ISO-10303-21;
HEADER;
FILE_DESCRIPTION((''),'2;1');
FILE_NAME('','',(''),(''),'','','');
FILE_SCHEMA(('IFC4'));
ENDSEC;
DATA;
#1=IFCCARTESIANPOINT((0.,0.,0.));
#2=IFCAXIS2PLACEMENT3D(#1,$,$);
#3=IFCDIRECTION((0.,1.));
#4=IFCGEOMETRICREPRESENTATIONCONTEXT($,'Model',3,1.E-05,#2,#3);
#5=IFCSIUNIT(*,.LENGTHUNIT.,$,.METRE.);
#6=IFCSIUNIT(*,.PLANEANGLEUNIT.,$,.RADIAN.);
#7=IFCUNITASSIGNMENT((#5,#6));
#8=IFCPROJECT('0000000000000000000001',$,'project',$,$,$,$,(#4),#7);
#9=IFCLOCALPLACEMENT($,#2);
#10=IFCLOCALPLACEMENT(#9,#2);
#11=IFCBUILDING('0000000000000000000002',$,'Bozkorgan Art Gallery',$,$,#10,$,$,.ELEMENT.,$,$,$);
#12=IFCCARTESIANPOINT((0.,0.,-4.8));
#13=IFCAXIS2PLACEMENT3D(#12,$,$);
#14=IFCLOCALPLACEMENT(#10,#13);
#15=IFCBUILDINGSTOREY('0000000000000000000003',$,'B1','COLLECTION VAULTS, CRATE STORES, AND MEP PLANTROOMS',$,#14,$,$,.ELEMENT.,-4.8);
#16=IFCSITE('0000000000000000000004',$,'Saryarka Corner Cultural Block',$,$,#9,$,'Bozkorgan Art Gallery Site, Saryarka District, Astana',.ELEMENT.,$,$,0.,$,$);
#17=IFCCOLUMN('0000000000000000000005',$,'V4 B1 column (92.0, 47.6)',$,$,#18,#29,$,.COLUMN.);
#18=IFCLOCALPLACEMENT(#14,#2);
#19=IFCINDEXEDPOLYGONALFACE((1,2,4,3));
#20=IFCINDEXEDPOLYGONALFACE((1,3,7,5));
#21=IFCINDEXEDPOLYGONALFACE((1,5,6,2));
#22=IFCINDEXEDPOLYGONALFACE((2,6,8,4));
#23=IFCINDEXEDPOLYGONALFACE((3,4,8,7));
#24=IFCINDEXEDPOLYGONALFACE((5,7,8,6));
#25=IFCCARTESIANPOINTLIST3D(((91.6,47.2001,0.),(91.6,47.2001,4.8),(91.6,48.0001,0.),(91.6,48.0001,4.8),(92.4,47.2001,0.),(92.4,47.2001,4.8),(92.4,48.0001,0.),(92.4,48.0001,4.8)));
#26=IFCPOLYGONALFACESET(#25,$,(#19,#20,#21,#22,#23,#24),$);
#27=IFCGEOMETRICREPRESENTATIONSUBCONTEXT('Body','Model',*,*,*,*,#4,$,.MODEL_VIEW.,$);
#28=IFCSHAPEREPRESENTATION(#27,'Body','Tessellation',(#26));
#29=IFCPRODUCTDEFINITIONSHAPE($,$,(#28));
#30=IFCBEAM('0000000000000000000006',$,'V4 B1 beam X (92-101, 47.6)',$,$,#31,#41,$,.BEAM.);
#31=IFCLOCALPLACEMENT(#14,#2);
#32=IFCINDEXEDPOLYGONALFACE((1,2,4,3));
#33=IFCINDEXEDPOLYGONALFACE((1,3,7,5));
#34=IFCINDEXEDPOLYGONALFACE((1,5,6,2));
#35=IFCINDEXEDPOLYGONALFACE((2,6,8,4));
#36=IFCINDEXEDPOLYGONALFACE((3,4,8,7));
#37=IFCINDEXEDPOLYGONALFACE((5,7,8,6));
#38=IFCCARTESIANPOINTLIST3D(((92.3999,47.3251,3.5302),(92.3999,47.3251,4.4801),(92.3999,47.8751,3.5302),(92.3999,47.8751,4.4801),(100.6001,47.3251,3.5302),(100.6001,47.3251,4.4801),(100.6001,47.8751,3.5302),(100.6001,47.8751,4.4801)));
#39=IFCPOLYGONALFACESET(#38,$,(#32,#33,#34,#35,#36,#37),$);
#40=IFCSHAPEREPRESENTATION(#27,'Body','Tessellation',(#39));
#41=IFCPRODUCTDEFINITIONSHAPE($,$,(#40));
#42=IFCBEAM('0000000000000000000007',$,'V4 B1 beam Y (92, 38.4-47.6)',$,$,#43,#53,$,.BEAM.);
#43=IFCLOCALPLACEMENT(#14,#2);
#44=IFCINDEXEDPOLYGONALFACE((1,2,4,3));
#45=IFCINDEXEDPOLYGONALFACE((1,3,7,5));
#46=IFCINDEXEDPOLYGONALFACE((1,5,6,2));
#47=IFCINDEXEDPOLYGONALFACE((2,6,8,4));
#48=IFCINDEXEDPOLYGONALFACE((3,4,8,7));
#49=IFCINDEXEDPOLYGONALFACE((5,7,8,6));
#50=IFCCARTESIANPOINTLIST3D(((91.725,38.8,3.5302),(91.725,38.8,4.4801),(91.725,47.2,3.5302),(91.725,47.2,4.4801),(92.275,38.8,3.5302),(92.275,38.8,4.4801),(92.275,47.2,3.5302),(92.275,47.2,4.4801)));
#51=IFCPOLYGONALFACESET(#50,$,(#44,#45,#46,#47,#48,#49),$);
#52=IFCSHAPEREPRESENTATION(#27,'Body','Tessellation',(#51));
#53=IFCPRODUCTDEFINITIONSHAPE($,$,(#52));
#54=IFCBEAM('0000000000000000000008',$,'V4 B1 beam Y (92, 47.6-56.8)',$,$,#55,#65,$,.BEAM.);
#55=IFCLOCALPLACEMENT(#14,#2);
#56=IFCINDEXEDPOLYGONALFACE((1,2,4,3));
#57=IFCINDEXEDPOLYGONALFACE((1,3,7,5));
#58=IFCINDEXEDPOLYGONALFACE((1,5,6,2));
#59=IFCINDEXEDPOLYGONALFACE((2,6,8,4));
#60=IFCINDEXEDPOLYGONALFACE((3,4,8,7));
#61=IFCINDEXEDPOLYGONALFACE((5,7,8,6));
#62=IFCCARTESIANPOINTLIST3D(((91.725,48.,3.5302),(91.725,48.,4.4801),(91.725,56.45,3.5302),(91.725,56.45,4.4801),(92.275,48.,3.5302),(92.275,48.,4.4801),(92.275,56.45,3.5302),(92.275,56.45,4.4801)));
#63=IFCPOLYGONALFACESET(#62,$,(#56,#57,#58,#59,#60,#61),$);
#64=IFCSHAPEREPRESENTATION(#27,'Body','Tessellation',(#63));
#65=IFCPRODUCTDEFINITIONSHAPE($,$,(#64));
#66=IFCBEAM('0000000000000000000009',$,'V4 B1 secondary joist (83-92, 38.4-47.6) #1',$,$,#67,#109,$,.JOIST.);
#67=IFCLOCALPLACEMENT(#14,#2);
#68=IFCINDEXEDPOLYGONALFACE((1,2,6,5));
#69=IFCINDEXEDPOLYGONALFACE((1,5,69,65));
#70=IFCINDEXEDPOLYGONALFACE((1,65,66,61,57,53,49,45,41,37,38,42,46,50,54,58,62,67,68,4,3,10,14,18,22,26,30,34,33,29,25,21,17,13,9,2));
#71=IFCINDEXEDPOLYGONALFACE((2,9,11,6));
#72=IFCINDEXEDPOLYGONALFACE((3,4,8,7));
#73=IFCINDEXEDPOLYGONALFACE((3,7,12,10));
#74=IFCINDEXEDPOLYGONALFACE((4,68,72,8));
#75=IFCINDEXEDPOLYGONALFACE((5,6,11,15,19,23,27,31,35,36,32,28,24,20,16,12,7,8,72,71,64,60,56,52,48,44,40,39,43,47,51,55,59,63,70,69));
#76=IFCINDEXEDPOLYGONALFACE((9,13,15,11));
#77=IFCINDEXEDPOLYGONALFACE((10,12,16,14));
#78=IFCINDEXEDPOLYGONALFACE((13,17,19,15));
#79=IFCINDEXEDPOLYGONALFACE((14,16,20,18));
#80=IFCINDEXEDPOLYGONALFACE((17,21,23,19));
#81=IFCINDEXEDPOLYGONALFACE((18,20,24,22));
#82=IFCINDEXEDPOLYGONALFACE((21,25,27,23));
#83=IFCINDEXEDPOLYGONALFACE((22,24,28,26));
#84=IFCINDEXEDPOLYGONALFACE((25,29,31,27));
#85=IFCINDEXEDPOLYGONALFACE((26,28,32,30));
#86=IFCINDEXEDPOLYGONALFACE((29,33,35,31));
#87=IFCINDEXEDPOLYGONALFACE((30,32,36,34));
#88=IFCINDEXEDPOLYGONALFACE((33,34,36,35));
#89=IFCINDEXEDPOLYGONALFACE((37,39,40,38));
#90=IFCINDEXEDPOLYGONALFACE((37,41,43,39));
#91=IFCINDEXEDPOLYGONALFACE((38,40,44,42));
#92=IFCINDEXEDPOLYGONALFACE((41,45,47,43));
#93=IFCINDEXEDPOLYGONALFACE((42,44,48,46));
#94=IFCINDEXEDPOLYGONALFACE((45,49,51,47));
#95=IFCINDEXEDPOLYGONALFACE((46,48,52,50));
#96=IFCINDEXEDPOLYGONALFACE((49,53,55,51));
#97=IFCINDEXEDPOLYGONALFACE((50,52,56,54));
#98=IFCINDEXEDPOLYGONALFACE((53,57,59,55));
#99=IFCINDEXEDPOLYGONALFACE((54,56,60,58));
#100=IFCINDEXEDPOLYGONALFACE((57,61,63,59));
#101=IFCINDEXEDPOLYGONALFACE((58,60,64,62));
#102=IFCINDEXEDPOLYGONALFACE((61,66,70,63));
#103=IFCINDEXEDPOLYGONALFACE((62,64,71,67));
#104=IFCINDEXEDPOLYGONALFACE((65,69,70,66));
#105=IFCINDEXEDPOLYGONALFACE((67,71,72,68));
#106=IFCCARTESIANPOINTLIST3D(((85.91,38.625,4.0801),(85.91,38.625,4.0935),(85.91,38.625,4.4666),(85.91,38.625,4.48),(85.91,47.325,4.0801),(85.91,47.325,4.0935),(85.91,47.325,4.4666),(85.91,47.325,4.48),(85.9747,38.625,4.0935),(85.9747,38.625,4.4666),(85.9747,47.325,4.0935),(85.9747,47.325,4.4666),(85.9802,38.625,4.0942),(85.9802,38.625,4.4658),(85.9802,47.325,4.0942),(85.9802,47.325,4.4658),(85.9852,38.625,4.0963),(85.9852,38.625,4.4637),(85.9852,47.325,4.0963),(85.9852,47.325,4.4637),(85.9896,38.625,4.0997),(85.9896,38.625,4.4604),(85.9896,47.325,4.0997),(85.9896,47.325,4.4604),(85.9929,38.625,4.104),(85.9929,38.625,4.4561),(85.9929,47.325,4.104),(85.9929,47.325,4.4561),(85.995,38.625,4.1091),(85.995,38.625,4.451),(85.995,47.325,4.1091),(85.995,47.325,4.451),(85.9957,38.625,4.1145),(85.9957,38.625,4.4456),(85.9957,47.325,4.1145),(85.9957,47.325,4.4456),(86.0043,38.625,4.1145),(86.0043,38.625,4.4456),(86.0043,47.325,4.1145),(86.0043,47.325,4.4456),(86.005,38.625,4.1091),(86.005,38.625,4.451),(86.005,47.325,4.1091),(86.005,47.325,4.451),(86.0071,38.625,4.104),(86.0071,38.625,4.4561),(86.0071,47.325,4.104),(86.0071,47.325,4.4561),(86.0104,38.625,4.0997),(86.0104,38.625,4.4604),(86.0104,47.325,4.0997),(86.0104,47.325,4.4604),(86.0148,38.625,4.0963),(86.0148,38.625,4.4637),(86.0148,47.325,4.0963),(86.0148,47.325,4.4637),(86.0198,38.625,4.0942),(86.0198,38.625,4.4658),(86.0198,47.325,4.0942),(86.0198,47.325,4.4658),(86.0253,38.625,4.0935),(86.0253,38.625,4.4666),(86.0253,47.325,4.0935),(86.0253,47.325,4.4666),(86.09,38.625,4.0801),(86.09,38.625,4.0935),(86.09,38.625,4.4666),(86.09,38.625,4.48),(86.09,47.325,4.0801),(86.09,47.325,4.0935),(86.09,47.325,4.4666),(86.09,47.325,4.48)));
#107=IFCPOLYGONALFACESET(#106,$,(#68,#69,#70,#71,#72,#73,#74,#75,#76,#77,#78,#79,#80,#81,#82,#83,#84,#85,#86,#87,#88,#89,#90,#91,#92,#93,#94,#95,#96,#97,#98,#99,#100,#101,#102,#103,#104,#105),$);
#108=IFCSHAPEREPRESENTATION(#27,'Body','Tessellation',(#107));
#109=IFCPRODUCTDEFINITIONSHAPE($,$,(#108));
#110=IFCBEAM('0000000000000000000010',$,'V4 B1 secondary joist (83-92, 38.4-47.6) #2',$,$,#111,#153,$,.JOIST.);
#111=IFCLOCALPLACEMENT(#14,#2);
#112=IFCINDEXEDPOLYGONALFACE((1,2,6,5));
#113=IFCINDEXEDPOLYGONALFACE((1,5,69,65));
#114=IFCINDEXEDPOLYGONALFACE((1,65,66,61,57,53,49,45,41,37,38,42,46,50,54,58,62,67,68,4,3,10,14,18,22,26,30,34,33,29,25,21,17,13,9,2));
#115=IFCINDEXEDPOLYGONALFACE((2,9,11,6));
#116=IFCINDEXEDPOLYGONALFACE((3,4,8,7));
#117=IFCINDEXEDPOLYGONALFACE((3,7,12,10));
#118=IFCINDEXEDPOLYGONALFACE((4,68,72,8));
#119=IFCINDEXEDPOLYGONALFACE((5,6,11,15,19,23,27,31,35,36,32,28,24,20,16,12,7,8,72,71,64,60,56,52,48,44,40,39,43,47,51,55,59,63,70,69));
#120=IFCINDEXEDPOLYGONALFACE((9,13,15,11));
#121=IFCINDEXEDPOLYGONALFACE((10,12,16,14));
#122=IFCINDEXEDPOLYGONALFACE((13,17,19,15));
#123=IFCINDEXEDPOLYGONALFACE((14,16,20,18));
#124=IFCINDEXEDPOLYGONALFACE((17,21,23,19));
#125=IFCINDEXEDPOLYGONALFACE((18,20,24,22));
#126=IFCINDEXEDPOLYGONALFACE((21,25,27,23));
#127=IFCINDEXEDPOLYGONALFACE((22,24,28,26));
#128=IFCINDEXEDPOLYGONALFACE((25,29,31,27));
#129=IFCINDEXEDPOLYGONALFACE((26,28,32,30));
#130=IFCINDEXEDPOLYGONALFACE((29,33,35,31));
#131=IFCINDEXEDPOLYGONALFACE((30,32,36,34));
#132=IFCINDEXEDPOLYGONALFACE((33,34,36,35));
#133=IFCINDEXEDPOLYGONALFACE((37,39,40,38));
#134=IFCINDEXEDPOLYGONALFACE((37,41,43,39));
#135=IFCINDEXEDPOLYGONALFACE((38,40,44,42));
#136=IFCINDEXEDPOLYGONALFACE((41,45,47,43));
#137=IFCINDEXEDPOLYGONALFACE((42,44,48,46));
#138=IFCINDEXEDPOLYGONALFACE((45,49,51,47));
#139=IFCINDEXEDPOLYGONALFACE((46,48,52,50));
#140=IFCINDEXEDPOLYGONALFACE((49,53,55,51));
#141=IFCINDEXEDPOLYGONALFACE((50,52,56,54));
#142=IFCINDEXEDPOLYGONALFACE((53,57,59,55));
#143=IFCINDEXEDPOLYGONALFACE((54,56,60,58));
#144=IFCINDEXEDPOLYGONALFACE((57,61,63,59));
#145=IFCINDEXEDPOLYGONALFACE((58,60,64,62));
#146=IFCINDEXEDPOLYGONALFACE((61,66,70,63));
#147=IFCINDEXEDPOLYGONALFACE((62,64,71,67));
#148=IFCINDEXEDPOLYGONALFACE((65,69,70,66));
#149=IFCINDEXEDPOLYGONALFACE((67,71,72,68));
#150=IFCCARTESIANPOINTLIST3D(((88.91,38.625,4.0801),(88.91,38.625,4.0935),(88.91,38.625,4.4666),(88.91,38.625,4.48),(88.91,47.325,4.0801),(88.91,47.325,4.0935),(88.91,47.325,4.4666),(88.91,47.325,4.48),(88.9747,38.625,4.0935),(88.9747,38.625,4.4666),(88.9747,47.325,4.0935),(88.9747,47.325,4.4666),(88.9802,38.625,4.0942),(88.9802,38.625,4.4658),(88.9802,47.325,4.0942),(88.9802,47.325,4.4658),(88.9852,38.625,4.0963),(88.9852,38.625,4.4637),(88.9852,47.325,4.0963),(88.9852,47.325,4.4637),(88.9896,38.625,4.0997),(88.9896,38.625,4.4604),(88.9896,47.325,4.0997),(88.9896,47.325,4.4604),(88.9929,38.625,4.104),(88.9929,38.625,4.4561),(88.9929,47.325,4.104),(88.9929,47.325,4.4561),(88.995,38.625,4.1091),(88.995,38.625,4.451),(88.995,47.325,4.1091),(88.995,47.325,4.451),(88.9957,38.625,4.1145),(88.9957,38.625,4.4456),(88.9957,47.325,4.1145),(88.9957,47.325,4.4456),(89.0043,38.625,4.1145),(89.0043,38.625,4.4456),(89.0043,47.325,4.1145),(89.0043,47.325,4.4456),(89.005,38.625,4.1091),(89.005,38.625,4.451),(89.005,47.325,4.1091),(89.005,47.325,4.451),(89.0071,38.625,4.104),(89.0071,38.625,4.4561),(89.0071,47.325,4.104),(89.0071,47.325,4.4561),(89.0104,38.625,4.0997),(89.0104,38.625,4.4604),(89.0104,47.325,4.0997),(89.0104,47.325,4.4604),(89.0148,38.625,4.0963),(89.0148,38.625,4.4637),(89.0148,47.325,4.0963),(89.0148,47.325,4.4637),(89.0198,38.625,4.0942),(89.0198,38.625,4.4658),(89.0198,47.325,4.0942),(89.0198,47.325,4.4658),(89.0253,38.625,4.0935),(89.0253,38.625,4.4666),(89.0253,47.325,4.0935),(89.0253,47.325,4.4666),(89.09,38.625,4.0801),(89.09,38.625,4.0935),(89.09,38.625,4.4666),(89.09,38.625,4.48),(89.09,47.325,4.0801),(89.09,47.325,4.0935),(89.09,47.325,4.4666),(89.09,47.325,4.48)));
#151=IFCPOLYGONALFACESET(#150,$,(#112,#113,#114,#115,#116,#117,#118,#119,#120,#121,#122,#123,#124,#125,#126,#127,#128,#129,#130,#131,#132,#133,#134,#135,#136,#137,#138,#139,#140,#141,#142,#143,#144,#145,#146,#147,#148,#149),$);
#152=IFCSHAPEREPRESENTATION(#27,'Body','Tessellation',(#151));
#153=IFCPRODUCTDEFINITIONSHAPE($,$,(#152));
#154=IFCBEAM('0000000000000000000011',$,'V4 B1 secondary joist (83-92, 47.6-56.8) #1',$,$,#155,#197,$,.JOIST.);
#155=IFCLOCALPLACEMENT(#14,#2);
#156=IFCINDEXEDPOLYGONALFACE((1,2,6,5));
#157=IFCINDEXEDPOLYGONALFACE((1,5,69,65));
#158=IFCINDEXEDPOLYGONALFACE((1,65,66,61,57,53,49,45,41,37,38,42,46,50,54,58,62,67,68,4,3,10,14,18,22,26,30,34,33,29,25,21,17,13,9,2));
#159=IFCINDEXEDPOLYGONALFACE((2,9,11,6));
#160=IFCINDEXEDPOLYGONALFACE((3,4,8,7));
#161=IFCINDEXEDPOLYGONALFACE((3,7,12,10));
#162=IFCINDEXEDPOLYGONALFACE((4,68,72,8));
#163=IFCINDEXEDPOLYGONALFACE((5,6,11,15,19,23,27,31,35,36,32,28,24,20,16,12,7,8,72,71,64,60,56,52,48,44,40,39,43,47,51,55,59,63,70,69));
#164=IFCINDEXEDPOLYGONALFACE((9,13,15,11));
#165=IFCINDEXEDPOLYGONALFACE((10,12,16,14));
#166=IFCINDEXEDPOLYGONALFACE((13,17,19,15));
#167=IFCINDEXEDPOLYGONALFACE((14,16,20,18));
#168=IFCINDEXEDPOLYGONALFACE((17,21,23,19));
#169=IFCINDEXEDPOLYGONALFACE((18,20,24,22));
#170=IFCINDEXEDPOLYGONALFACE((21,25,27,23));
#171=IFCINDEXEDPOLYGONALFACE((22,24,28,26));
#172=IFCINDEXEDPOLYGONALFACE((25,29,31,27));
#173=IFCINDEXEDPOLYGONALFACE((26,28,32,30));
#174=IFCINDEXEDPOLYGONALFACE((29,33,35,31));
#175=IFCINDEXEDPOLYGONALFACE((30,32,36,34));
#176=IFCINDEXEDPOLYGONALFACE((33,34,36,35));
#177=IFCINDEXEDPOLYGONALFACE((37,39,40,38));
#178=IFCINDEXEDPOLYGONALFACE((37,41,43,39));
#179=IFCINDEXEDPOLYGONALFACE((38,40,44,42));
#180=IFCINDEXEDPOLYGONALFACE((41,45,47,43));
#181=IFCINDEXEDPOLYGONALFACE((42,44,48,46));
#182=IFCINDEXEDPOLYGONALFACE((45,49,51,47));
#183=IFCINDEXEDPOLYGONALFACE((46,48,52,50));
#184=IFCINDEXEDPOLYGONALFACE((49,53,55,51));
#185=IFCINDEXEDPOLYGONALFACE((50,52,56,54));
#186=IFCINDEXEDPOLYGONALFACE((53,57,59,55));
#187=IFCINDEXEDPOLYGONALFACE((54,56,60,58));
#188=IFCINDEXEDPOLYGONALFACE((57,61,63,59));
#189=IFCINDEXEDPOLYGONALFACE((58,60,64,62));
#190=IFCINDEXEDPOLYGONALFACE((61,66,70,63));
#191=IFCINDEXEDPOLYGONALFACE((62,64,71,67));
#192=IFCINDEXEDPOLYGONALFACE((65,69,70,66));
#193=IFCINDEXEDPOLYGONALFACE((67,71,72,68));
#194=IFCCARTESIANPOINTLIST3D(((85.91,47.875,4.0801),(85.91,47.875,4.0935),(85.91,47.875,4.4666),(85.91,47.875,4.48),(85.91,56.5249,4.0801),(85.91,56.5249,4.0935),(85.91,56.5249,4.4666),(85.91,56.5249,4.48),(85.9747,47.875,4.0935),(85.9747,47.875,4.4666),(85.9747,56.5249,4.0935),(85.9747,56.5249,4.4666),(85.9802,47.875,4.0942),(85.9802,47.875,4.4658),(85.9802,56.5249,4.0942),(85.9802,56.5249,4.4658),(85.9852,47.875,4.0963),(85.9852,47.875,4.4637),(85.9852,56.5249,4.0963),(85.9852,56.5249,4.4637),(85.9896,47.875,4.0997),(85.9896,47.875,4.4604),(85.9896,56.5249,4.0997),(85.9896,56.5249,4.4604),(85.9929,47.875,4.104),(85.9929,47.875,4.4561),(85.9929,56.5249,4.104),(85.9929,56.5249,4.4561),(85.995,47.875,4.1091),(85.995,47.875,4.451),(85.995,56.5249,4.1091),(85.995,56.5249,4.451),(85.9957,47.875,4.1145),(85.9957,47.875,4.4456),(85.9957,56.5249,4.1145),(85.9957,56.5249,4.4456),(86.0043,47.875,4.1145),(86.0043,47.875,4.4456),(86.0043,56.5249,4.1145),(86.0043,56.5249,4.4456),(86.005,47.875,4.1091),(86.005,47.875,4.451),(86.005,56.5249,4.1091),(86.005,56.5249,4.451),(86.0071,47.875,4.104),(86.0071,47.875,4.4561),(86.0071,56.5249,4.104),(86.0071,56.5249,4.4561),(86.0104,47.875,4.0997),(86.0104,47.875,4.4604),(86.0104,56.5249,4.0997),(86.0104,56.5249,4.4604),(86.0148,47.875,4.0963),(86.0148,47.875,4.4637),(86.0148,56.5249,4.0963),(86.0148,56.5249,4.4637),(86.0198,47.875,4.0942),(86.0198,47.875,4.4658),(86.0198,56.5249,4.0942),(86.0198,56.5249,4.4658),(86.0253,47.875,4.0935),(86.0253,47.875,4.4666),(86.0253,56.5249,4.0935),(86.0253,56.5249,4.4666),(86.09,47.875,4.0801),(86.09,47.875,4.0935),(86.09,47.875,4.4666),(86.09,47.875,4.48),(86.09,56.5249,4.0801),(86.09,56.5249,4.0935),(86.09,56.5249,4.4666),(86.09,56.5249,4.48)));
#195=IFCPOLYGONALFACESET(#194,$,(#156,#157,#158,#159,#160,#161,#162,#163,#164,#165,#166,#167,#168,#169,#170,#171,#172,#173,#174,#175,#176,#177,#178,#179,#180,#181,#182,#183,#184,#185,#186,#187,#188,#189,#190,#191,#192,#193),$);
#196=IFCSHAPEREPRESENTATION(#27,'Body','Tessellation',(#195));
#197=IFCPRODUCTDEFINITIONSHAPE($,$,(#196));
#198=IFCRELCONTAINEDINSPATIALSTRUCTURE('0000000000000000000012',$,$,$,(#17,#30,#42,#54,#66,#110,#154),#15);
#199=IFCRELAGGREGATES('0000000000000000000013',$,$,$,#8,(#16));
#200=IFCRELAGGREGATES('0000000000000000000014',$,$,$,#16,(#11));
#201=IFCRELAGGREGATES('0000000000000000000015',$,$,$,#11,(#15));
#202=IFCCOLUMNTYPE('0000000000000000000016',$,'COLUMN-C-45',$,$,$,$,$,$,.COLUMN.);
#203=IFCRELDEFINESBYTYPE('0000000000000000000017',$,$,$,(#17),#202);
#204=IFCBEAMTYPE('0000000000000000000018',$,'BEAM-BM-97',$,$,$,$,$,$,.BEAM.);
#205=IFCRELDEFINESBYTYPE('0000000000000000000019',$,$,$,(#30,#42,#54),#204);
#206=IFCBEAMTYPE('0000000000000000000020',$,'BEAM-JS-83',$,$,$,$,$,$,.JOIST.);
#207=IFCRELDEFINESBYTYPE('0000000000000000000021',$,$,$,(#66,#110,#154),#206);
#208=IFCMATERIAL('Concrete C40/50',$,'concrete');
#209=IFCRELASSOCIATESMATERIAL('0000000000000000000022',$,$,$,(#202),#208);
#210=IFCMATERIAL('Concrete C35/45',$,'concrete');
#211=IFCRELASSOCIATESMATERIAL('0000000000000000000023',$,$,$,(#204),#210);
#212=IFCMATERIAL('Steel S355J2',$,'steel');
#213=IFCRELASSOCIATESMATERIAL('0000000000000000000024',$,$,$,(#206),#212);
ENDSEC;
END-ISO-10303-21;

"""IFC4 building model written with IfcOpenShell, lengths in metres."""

from ifc_helpers import new_model, si_unit, direction, frame, origin, origin_2d, place, context, subcontext, project, spatial, rectangle, i_section, extrude, material, material_profile, profile_set, type_object, element, save


model = new_model("IFC4")

# Units and contexts
model_context = context("Model", 3, precision=1e-05, world=origin(), true_north=direction((0.0, 1.0)))
body_context = subcontext(model_context, "Body", "Model", "MODEL_VIEW")
ifc_project = project(units=[si_unit("LENGTHUNIT", "METRE"), si_unit("PLANEANGLEUNIT", "RADIAN")], contexts=[model_context])

# Site, building, storey
site_placement = place(None, origin())
site = spatial("IfcSite", under=ifc_project, at=site_placement, Name="Saryarka Corner Cultural Block", LongName="Bozkorgan Art Gallery Site, Saryarka District, Astana", CompositionType="ELEMENT", RefElevation=0.0)
building_placement = place(site_placement, origin())
building = spatial("IfcBuilding", under=site, at=building_placement, Name="Bozkorgan Art Gallery", CompositionType="ELEMENT")
storey_placement = place(building_placement, frame((0.0, 0.0, -4.8)))
storey = spatial("IfcBuildingStorey", under=building, at=storey_placement, Name="B1", Description="COLLECTION VAULTS, CRATE STORES, AND MEP PLANTROOMS", CompositionType="ELEMENT", Elevation=-4.8)

# Column
ifc_material_1 = material(Name="Concrete C40/50", Category="concrete")
ifc_material_profile_1 = material_profile(ifc_material_1, rectangle(XDim=0.8, YDim=0.8, at=origin_2d()), Name="RC 800x800")
ifc_profile_set_1 = profile_set([ifc_material_profile_1], Name="Concrete C40/50")
column_type_1 = type_object("IfcColumnType", Name="COLUMN-C-45", PredefinedType="COLUMN", material=ifc_profile_set_1)
for number, where, z_axis, x_axis, name in (
    (1, (92.0, 47.6001, 0.0), (0.0, 0.0, 1.0), (1.0, 0.0, 0.0), "V4 B1 column (92.0, 47.6)"),
):
    element("IfcColumn", number, at=place(storey_placement, frame(where, z_axis=z_axis, x_axis=x_axis)), inside=storey, type_object=column_type_1, Name=name, PredefinedType="COLUMN", context=body_context, shape_type="SweptSolid", body=[
        extrude(rectangle(XDim=0.8, YDim=0.8, at=origin_2d()), origin(), (0.0, 0.0, 1.0), 4.8),
    ])

# Beams
ifc_material_2 = material(Name="Concrete C35/45", Category="concrete")
ifc_material_profile_2 = material_profile(ifc_material_2, rectangle(XDim=0.55, YDim=0.95, at=origin_2d()), Name="RC 550x950")
ifc_profile_set_2 = profile_set([ifc_material_profile_2], Name="Concrete C35/45")
beam_type_1 = type_object("IfcBeamType", Name="BEAM-BM-97", PredefinedType="BEAM", material=ifc_profile_set_2)
beam_1_placement = place(storey_placement, frame((92.3999, 47.6001, 4.0051), z_axis=(1.0, 0.0, 0.0), x_axis=(0.0, 1.0, 0.0)))
element("IfcBeam", 2, at=beam_1_placement, inside=storey, type_object=beam_type_1, Name="V4 B1 beam X (92-101, 47.6)", PredefinedType="BEAM", context=body_context, shape_type="SweptSolid", body=[
    extrude(rectangle(XDim=0.55, YDim=0.95, at=origin_2d()), origin(), (0.0, 0.0, 1.0), 8.2002),
])
beam_2_placement = place(storey_placement, frame((92.0, 38.8, 4.0051), z_axis=(0.0, 1.0, 0.0), x_axis=(-1.0, 0.0, 0.0)))
element("IfcBeam", 3, at=beam_2_placement, inside=storey, type_object=beam_type_1, Name="V4 B1 beam Y (92, 38.4-47.6)", PredefinedType="BEAM", context=body_context, shape_type="SweptSolid", body=[
    extrude(rectangle(XDim=0.55, YDim=0.95, at=origin_2d()), origin(), (0.0, 0.0, 1.0), 8.3999),
])
beam_3_placement = place(storey_placement, frame((92.0, 48.0, 4.0051), z_axis=(0.0, 1.0, 0.0), x_axis=(-1.0, 0.0, 0.0)))
element("IfcBeam", 4, at=beam_3_placement, inside=storey, type_object=beam_type_1, Name="V4 B1 beam Y (92, 47.6-56.8)", PredefinedType="BEAM", context=body_context, shape_type="SweptSolid", body=[
    extrude(rectangle(XDim=0.55, YDim=0.95, at=origin_2d()), origin(), (0.0, 0.0, 1.0), 8.45),
])
ifc_material_3 = material(Name="Steel S355J2", Category="steel")
ifc_material_profile_3 = material_profile(ifc_material_3, i_section(OverallWidth=0.1799, OverallDepth=0.3999, WebThickness=0.0085, FlangeThickness=0.0134, FilletRadius=0.021, at=origin_2d()), Name="IPE 400")
ifc_profile_set_3 = profile_set([ifc_material_profile_3], Name="Steel S355J2")
beam_type_2 = type_object("IfcBeamType", Name="BEAM-JS-83", PredefinedType="JOIST", material=ifc_profile_set_3)
for number, where, z_axis, x_axis, name in (
    (5, (86.0, 38.625, 4.28), (0.0, 1.0, 0.0), (-1.0, 0.0, 0.0), "V4 B1 secondary joist (83-92, 38.4-47.6) #1"),
    (6, (89.0, 38.625, 4.28), (0.0, 1.0, 0.0), (-1.0, 0.0, 0.0), "V4 B1 secondary joist (83-92, 38.4-47.6) #2"),
):
    element("IfcBeam", number, at=place(storey_placement, frame(where, z_axis=z_axis, x_axis=x_axis)), inside=storey, type_object=beam_type_2, Name=name, PredefinedType="JOIST", context=body_context, shape_type="SweptSolid", body=[
        extrude(i_section(OverallWidth=0.1799, OverallDepth=0.3999, WebThickness=0.0085, FlangeThickness=0.0134, FilletRadius=0.021, at=origin_2d()), origin(), (0.0, 0.0, 1.0), 8.7),
    ])
for number, where, z_axis, x_axis, name in (
    (7, (86.0, 47.875, 4.28), (0.0, 1.0, 0.0), (-1.0, 0.0, 0.0), "V4 B1 secondary joist (83-92, 47.6-56.8) #1"),
):
    element("IfcBeam", number, at=place(storey_placement, frame(where, z_axis=z_axis, x_axis=x_axis)), inside=storey, type_object=beam_type_2, Name=name, PredefinedType="JOIST", context=body_context, shape_type="SweptSolid", body=[
        extrude(i_section(OverallWidth=0.1799, OverallDepth=0.3999, WebThickness=0.0085, FlangeThickness=0.0134, FilletRadius=0.021, at=origin_2d()), origin(), (0.0, 0.0, 1.0), 8.6499),
    ])

save(model, "model.ifc")
